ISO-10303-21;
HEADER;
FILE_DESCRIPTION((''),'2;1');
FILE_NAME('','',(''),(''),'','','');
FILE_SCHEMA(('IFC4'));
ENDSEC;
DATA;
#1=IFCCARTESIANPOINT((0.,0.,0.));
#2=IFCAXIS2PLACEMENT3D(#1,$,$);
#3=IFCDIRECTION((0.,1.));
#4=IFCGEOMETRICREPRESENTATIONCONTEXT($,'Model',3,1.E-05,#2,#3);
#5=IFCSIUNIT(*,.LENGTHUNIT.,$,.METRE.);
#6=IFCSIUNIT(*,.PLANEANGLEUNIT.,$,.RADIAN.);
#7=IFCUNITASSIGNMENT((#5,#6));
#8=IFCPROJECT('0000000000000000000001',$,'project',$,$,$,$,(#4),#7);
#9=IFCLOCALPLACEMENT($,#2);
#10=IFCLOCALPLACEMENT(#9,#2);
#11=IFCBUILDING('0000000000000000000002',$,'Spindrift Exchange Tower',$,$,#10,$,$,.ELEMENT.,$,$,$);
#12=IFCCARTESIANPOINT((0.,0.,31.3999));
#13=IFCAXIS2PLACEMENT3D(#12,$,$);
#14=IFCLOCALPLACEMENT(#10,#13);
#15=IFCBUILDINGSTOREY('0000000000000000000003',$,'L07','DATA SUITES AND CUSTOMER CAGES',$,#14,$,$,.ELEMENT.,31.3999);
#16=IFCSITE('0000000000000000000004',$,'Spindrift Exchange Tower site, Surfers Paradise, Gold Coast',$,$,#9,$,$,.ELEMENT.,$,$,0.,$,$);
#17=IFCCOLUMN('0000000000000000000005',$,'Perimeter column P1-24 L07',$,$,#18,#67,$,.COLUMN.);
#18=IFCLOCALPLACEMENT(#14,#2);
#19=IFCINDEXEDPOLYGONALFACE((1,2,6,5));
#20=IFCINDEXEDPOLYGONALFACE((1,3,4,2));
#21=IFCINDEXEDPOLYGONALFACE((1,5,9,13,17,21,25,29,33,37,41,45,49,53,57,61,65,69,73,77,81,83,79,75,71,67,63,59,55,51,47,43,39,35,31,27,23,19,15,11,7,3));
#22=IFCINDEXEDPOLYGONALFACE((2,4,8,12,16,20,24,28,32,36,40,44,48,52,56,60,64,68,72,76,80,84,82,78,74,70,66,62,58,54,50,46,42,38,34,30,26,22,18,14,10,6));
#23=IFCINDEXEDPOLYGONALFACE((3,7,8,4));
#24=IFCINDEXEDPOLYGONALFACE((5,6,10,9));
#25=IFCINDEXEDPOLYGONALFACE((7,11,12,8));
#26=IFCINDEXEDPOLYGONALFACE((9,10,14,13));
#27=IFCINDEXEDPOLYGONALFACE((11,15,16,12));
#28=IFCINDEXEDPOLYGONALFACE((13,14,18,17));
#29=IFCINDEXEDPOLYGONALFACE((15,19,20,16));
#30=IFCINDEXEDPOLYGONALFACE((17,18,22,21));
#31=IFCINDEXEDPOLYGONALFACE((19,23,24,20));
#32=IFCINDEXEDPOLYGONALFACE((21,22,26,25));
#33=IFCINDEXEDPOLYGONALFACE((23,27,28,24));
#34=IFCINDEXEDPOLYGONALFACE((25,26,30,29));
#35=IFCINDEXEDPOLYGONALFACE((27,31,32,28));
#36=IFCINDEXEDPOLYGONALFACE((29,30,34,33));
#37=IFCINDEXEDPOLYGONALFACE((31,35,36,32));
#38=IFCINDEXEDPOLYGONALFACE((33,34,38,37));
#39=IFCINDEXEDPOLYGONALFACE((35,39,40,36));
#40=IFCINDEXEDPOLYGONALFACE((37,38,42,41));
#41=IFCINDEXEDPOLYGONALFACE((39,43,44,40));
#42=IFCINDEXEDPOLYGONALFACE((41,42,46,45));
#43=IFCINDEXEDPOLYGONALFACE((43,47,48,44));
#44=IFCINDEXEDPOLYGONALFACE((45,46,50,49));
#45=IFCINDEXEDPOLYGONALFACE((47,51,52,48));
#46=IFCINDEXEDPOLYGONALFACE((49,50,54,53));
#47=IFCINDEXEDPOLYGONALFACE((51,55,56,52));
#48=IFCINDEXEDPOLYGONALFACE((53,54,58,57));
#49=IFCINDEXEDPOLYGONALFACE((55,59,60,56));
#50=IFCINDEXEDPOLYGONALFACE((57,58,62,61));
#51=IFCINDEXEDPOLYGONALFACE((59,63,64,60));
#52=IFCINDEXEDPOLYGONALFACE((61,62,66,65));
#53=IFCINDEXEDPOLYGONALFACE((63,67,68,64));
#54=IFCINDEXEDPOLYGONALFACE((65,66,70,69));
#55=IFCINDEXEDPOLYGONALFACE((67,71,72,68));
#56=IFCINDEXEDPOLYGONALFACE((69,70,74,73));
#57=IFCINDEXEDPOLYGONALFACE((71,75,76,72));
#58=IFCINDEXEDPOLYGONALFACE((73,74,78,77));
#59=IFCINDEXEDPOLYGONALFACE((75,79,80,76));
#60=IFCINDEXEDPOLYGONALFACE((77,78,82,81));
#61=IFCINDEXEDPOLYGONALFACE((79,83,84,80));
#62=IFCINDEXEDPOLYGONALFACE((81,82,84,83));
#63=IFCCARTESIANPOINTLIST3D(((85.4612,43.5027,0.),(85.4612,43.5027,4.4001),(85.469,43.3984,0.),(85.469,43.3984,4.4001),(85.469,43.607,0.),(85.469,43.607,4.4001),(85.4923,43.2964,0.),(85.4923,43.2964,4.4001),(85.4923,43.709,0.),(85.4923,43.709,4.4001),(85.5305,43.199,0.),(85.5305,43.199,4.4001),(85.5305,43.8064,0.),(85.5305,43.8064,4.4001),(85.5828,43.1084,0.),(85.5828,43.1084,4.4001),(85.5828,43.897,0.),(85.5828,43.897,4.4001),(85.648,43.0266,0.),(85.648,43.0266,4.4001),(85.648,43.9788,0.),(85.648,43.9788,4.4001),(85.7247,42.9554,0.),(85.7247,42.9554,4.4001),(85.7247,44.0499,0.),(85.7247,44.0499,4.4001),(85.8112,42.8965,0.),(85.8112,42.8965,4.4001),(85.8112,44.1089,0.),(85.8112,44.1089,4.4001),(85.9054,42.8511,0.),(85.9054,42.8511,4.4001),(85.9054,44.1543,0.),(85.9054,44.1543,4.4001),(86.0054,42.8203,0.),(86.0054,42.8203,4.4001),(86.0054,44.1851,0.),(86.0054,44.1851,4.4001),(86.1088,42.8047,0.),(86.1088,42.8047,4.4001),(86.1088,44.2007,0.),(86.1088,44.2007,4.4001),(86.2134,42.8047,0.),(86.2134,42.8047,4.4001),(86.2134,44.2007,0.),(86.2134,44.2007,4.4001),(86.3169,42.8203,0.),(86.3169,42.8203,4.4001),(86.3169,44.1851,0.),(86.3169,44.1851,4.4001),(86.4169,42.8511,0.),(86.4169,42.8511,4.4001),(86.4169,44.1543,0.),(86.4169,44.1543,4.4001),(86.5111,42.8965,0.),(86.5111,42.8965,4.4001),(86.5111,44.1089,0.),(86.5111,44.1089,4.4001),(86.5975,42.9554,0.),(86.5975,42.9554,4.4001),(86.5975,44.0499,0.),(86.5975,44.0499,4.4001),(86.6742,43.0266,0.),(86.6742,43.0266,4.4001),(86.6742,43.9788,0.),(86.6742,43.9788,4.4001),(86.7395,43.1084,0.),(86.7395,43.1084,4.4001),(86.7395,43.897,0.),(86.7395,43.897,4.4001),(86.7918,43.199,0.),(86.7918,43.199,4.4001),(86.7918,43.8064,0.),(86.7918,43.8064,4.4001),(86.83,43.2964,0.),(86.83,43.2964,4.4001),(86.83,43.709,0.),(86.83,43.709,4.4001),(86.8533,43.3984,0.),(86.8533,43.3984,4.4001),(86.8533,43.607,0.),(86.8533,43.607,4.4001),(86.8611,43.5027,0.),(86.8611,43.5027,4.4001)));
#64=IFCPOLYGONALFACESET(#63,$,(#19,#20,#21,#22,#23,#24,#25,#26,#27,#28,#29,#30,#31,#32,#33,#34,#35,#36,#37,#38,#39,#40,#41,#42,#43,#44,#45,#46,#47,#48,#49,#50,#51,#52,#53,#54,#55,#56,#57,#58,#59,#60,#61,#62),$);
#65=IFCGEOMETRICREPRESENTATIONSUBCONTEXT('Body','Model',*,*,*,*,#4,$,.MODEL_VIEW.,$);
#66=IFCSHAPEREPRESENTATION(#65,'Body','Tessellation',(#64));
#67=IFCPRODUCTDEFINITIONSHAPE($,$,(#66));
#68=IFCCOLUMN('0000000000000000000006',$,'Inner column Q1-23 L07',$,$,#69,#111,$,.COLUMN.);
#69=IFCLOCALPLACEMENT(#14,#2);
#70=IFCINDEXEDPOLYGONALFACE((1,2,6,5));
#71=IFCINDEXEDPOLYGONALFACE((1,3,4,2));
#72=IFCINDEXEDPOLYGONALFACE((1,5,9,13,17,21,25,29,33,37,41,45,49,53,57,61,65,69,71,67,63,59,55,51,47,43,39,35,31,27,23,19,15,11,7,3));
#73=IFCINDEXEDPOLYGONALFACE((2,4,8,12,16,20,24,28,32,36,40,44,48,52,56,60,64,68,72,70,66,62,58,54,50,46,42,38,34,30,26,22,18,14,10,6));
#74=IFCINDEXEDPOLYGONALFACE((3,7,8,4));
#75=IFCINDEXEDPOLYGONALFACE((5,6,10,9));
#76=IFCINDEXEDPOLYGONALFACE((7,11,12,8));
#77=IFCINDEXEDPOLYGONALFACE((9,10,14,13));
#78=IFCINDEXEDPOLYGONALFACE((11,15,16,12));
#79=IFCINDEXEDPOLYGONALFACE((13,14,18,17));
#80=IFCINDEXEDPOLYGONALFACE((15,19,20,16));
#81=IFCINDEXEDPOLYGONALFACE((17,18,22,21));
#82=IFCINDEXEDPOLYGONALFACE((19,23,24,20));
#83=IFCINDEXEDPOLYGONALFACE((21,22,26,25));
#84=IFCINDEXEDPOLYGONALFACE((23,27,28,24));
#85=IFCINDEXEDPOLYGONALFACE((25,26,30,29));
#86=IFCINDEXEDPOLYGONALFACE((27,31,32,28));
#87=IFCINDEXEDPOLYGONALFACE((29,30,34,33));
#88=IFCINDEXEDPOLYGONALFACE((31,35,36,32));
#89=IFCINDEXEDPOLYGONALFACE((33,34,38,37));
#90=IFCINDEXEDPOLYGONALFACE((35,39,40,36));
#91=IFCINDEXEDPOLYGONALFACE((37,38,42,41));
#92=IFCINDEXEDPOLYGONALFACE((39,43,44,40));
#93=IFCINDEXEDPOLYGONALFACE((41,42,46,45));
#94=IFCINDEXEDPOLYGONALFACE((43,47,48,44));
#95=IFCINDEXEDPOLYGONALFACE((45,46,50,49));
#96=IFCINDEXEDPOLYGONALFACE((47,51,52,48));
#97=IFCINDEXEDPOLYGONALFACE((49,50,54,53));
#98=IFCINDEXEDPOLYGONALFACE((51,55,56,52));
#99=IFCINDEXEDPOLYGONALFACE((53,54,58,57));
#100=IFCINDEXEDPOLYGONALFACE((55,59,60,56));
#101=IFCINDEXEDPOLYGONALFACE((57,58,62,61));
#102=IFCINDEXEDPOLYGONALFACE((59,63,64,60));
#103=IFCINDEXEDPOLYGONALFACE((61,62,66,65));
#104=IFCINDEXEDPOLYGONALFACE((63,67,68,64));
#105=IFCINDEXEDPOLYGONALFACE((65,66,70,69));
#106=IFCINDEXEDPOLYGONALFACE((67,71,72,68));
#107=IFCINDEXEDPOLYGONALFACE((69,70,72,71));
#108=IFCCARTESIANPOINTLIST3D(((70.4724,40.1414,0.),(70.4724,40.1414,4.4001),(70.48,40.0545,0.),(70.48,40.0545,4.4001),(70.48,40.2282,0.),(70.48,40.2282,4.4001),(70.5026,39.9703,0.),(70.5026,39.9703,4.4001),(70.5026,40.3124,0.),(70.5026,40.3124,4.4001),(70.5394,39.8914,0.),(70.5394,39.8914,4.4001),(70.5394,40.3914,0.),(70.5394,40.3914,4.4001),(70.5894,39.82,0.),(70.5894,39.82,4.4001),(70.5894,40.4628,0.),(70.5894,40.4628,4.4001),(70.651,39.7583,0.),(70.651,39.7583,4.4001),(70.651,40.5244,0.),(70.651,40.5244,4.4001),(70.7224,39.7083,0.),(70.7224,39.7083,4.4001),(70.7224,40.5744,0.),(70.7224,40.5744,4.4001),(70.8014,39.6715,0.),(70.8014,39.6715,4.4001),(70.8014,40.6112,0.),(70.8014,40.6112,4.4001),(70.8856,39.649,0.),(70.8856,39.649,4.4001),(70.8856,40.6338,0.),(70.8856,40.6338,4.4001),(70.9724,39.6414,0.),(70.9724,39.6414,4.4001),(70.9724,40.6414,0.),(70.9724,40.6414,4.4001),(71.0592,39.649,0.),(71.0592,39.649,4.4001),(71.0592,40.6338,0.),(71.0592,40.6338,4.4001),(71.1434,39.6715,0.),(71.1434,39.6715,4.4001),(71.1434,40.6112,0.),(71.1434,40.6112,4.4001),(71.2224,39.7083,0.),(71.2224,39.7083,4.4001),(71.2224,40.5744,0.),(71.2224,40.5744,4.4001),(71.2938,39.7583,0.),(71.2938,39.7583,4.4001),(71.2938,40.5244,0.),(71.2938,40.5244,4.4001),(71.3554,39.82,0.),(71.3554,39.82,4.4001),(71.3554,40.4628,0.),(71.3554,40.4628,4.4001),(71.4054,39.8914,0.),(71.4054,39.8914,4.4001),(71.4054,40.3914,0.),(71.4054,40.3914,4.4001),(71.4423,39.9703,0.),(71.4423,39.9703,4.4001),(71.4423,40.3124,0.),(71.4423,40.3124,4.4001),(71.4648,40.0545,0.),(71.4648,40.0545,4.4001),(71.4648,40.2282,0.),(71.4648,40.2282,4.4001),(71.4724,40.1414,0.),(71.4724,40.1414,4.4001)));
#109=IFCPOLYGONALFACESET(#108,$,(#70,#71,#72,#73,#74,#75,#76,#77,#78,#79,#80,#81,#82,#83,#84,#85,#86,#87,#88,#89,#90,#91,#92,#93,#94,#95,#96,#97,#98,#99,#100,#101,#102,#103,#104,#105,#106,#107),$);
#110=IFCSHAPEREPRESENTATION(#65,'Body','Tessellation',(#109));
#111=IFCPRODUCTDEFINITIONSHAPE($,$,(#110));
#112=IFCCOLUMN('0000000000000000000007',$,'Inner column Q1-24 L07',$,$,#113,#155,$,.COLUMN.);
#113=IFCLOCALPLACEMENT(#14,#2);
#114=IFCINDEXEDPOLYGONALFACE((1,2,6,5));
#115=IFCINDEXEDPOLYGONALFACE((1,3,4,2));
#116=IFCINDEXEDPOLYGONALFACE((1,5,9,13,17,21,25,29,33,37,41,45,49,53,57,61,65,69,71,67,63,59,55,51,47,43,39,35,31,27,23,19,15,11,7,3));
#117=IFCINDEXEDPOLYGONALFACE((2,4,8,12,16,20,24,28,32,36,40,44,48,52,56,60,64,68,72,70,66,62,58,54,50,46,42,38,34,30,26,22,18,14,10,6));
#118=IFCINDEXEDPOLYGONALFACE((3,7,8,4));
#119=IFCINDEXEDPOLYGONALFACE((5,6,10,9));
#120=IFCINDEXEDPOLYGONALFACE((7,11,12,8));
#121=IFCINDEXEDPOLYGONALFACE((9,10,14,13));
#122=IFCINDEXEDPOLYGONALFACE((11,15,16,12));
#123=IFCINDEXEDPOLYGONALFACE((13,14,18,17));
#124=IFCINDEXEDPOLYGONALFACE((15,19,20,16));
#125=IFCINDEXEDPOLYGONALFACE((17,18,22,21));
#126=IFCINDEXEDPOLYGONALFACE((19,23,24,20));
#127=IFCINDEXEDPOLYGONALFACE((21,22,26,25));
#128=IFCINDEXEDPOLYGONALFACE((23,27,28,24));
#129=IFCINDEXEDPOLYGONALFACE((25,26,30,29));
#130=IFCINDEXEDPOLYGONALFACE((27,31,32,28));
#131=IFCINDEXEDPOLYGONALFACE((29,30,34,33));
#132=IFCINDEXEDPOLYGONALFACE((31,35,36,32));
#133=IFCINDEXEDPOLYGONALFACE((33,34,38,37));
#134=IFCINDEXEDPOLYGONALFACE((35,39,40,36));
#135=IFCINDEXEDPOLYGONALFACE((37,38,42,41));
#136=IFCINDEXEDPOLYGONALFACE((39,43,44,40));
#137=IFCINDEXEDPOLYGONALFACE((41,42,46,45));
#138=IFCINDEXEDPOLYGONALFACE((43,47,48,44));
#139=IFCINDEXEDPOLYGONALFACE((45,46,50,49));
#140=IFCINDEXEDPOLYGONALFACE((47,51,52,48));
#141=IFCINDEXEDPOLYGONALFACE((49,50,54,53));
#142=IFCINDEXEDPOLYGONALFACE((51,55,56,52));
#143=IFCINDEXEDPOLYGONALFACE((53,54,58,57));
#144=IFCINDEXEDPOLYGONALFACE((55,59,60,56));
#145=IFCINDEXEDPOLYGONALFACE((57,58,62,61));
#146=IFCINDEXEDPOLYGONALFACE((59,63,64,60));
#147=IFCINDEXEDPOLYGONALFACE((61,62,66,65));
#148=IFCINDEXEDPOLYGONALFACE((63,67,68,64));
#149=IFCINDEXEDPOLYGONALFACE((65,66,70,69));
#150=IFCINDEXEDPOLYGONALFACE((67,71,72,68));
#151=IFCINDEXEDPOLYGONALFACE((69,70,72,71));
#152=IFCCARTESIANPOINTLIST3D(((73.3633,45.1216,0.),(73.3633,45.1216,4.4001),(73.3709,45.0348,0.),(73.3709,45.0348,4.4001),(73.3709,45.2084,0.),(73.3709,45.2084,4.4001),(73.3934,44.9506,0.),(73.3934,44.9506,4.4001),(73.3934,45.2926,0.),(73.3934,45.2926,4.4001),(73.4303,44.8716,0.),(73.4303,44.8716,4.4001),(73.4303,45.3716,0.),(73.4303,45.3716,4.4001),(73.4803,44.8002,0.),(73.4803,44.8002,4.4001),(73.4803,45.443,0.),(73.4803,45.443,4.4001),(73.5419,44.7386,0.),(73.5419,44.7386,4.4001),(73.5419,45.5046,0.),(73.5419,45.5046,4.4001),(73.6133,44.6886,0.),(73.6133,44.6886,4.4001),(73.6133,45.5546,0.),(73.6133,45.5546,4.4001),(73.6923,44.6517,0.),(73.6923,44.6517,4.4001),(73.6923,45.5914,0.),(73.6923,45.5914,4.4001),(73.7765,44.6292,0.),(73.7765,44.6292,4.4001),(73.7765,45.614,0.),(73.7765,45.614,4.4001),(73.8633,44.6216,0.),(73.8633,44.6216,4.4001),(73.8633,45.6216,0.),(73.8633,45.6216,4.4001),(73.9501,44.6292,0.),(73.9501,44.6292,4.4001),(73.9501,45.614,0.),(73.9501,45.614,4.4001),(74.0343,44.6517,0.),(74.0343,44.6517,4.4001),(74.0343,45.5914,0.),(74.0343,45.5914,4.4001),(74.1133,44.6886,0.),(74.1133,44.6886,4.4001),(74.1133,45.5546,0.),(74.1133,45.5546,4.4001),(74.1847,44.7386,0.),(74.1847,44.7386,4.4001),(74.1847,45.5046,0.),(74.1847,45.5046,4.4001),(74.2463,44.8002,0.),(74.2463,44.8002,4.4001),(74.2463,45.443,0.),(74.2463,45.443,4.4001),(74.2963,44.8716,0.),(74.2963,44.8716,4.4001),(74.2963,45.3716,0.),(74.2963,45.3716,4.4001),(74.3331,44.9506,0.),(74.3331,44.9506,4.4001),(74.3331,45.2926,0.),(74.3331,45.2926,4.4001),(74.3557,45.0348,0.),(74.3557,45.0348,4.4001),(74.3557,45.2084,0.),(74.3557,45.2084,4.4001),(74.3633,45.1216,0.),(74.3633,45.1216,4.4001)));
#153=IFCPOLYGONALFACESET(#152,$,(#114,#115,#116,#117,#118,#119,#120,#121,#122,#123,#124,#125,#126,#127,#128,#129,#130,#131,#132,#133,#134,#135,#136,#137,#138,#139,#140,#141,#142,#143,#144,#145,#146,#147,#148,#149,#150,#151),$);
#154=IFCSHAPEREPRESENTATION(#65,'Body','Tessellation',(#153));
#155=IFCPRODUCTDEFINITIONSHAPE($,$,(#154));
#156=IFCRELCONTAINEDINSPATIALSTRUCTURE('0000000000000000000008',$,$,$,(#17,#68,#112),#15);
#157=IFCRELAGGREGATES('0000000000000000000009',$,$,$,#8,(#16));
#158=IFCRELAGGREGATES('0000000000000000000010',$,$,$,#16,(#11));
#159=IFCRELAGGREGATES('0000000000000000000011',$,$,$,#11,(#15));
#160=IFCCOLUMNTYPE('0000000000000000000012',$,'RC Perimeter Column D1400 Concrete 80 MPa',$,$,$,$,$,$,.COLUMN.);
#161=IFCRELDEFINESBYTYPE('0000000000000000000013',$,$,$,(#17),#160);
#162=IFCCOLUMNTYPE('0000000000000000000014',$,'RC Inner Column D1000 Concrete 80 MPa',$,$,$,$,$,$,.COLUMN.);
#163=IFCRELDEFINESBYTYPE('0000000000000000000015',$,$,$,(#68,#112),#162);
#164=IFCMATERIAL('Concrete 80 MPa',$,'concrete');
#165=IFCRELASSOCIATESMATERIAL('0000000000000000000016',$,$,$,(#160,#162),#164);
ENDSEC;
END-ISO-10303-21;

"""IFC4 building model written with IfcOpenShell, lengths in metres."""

from ifc_helpers import new_model, si_unit, direction, frame, origin, origin_2d, place, context, subcontext, project, spatial, circle, extrude, source, transform, mapped, material, material_profile, profile_set, type_object, element, save


model = new_model("IFC4")

# Units and contexts
model_context = context("Model", 3, precision=1e-05, world=origin(), true_north=direction((0.0, 1.0)))
body_context = subcontext(model_context, "Body", "Model", "MODEL_VIEW")
ifc_project = project(units=[si_unit("LENGTHUNIT", "METRE"), si_unit("PLANEANGLEUNIT", "RADIAN")], contexts=[model_context])

# Site, building, storey
site_placement = place(None, origin())
site = spatial("IfcSite", under=ifc_project, at=site_placement, Name="Spindrift Exchange Tower site, Surfers Paradise, Gold Coast", CompositionType="ELEMENT", RefElevation=0.0)
building_placement = place(site_placement, origin())
building = spatial("IfcBuilding", under=site, at=building_placement, Name="Spindrift Exchange Tower", CompositionType="ELEMENT")
storey_placement = place(building_placement, frame((0.0, 0.0, 31.3999)))
storey = spatial("IfcBuildingStorey", under=building, at=storey_placement, Name="L07", Description="DATA SUITES AND CUSTOMER CAGES", CompositionType="ELEMENT", Elevation=31.3999)

# Columns
ifc_material_1 = material(Name="Concrete 80 MPa", Category="concrete")
ifc_material_profile_1 = material_profile(ifc_material_1, circle(Radius=0.7, at=origin_2d()), Name="RC D1400")
ifc_profile_set_1 = profile_set([ifc_material_profile_1], Name="Concrete 80 MPa")
column_type_1 = type_object("IfcColumnType", Name="RC Perimeter Column D1400 Concrete 80 MPa", PredefinedType="COLUMN", material=ifc_profile_set_1)
shared_shape_1 = source(origin(), body_context, "Body", "SweptSolid", [
    extrude(circle(Radius=0.7, at=origin_2d()), origin(), (0.0, 0.0, 1.0), 4.4001),
])
column_placement = place(storey_placement, frame((86.1611, 43.5027, 0.0), z_axis=(0.0, 0.0, 1.0), x_axis=(1.0, 0.0, 0.0)))
element("IfcColumn", 1, at=column_placement, inside=storey, type_object=column_type_1, Name="Perimeter column P1-24 L07", PredefinedType="COLUMN", context=body_context, shape_type="MappedRepresentation", body=[
    mapped(shared_shape_1, transform((0.0, 0.0, 0.0), scale=1.0)),
])
ifc_material_profile_2 = material_profile(ifc_material_1, circle(Radius=0.5, at=origin_2d()), Name="RC D1000")
ifc_profile_set_2 = profile_set([ifc_material_profile_2], Name="Concrete 80 MPa")
column_type_2 = type_object("IfcColumnType", Name="RC Inner Column D1000 Concrete 80 MPa", PredefinedType="COLUMN", material=ifc_profile_set_2)
shared_shape_2 = source(origin(), body_context, "Body", "SweptSolid", [
    extrude(circle(Radius=0.5, at=origin_2d()), origin(), (0.0, 0.0, 1.0), 4.4001),
])
for number, where, z_axis, x_axis, name in (
    (2, (70.9724, 40.1414, 0.0), (0.0, 0.0, 1.0), (1.0, 0.0, 0.0), "Inner column Q1-23 L07"),
    (3, (73.8633, 45.1216, 0.0), (0.0, 0.0, 1.0), (1.0, 0.0, 0.0), "Inner column Q1-24 L07"),
):
    element("IfcColumn", number, at=place(storey_placement, frame(where, z_axis=z_axis, x_axis=x_axis)), inside=storey, type_object=column_type_2, Name=name, PredefinedType="COLUMN", context=body_context, shape_type="MappedRepresentation", body=[
        mapped(shared_shape_2, transform((0.0, 0.0, 0.0), scale=1.0)),
    ])

save(model, "model.ifc")
